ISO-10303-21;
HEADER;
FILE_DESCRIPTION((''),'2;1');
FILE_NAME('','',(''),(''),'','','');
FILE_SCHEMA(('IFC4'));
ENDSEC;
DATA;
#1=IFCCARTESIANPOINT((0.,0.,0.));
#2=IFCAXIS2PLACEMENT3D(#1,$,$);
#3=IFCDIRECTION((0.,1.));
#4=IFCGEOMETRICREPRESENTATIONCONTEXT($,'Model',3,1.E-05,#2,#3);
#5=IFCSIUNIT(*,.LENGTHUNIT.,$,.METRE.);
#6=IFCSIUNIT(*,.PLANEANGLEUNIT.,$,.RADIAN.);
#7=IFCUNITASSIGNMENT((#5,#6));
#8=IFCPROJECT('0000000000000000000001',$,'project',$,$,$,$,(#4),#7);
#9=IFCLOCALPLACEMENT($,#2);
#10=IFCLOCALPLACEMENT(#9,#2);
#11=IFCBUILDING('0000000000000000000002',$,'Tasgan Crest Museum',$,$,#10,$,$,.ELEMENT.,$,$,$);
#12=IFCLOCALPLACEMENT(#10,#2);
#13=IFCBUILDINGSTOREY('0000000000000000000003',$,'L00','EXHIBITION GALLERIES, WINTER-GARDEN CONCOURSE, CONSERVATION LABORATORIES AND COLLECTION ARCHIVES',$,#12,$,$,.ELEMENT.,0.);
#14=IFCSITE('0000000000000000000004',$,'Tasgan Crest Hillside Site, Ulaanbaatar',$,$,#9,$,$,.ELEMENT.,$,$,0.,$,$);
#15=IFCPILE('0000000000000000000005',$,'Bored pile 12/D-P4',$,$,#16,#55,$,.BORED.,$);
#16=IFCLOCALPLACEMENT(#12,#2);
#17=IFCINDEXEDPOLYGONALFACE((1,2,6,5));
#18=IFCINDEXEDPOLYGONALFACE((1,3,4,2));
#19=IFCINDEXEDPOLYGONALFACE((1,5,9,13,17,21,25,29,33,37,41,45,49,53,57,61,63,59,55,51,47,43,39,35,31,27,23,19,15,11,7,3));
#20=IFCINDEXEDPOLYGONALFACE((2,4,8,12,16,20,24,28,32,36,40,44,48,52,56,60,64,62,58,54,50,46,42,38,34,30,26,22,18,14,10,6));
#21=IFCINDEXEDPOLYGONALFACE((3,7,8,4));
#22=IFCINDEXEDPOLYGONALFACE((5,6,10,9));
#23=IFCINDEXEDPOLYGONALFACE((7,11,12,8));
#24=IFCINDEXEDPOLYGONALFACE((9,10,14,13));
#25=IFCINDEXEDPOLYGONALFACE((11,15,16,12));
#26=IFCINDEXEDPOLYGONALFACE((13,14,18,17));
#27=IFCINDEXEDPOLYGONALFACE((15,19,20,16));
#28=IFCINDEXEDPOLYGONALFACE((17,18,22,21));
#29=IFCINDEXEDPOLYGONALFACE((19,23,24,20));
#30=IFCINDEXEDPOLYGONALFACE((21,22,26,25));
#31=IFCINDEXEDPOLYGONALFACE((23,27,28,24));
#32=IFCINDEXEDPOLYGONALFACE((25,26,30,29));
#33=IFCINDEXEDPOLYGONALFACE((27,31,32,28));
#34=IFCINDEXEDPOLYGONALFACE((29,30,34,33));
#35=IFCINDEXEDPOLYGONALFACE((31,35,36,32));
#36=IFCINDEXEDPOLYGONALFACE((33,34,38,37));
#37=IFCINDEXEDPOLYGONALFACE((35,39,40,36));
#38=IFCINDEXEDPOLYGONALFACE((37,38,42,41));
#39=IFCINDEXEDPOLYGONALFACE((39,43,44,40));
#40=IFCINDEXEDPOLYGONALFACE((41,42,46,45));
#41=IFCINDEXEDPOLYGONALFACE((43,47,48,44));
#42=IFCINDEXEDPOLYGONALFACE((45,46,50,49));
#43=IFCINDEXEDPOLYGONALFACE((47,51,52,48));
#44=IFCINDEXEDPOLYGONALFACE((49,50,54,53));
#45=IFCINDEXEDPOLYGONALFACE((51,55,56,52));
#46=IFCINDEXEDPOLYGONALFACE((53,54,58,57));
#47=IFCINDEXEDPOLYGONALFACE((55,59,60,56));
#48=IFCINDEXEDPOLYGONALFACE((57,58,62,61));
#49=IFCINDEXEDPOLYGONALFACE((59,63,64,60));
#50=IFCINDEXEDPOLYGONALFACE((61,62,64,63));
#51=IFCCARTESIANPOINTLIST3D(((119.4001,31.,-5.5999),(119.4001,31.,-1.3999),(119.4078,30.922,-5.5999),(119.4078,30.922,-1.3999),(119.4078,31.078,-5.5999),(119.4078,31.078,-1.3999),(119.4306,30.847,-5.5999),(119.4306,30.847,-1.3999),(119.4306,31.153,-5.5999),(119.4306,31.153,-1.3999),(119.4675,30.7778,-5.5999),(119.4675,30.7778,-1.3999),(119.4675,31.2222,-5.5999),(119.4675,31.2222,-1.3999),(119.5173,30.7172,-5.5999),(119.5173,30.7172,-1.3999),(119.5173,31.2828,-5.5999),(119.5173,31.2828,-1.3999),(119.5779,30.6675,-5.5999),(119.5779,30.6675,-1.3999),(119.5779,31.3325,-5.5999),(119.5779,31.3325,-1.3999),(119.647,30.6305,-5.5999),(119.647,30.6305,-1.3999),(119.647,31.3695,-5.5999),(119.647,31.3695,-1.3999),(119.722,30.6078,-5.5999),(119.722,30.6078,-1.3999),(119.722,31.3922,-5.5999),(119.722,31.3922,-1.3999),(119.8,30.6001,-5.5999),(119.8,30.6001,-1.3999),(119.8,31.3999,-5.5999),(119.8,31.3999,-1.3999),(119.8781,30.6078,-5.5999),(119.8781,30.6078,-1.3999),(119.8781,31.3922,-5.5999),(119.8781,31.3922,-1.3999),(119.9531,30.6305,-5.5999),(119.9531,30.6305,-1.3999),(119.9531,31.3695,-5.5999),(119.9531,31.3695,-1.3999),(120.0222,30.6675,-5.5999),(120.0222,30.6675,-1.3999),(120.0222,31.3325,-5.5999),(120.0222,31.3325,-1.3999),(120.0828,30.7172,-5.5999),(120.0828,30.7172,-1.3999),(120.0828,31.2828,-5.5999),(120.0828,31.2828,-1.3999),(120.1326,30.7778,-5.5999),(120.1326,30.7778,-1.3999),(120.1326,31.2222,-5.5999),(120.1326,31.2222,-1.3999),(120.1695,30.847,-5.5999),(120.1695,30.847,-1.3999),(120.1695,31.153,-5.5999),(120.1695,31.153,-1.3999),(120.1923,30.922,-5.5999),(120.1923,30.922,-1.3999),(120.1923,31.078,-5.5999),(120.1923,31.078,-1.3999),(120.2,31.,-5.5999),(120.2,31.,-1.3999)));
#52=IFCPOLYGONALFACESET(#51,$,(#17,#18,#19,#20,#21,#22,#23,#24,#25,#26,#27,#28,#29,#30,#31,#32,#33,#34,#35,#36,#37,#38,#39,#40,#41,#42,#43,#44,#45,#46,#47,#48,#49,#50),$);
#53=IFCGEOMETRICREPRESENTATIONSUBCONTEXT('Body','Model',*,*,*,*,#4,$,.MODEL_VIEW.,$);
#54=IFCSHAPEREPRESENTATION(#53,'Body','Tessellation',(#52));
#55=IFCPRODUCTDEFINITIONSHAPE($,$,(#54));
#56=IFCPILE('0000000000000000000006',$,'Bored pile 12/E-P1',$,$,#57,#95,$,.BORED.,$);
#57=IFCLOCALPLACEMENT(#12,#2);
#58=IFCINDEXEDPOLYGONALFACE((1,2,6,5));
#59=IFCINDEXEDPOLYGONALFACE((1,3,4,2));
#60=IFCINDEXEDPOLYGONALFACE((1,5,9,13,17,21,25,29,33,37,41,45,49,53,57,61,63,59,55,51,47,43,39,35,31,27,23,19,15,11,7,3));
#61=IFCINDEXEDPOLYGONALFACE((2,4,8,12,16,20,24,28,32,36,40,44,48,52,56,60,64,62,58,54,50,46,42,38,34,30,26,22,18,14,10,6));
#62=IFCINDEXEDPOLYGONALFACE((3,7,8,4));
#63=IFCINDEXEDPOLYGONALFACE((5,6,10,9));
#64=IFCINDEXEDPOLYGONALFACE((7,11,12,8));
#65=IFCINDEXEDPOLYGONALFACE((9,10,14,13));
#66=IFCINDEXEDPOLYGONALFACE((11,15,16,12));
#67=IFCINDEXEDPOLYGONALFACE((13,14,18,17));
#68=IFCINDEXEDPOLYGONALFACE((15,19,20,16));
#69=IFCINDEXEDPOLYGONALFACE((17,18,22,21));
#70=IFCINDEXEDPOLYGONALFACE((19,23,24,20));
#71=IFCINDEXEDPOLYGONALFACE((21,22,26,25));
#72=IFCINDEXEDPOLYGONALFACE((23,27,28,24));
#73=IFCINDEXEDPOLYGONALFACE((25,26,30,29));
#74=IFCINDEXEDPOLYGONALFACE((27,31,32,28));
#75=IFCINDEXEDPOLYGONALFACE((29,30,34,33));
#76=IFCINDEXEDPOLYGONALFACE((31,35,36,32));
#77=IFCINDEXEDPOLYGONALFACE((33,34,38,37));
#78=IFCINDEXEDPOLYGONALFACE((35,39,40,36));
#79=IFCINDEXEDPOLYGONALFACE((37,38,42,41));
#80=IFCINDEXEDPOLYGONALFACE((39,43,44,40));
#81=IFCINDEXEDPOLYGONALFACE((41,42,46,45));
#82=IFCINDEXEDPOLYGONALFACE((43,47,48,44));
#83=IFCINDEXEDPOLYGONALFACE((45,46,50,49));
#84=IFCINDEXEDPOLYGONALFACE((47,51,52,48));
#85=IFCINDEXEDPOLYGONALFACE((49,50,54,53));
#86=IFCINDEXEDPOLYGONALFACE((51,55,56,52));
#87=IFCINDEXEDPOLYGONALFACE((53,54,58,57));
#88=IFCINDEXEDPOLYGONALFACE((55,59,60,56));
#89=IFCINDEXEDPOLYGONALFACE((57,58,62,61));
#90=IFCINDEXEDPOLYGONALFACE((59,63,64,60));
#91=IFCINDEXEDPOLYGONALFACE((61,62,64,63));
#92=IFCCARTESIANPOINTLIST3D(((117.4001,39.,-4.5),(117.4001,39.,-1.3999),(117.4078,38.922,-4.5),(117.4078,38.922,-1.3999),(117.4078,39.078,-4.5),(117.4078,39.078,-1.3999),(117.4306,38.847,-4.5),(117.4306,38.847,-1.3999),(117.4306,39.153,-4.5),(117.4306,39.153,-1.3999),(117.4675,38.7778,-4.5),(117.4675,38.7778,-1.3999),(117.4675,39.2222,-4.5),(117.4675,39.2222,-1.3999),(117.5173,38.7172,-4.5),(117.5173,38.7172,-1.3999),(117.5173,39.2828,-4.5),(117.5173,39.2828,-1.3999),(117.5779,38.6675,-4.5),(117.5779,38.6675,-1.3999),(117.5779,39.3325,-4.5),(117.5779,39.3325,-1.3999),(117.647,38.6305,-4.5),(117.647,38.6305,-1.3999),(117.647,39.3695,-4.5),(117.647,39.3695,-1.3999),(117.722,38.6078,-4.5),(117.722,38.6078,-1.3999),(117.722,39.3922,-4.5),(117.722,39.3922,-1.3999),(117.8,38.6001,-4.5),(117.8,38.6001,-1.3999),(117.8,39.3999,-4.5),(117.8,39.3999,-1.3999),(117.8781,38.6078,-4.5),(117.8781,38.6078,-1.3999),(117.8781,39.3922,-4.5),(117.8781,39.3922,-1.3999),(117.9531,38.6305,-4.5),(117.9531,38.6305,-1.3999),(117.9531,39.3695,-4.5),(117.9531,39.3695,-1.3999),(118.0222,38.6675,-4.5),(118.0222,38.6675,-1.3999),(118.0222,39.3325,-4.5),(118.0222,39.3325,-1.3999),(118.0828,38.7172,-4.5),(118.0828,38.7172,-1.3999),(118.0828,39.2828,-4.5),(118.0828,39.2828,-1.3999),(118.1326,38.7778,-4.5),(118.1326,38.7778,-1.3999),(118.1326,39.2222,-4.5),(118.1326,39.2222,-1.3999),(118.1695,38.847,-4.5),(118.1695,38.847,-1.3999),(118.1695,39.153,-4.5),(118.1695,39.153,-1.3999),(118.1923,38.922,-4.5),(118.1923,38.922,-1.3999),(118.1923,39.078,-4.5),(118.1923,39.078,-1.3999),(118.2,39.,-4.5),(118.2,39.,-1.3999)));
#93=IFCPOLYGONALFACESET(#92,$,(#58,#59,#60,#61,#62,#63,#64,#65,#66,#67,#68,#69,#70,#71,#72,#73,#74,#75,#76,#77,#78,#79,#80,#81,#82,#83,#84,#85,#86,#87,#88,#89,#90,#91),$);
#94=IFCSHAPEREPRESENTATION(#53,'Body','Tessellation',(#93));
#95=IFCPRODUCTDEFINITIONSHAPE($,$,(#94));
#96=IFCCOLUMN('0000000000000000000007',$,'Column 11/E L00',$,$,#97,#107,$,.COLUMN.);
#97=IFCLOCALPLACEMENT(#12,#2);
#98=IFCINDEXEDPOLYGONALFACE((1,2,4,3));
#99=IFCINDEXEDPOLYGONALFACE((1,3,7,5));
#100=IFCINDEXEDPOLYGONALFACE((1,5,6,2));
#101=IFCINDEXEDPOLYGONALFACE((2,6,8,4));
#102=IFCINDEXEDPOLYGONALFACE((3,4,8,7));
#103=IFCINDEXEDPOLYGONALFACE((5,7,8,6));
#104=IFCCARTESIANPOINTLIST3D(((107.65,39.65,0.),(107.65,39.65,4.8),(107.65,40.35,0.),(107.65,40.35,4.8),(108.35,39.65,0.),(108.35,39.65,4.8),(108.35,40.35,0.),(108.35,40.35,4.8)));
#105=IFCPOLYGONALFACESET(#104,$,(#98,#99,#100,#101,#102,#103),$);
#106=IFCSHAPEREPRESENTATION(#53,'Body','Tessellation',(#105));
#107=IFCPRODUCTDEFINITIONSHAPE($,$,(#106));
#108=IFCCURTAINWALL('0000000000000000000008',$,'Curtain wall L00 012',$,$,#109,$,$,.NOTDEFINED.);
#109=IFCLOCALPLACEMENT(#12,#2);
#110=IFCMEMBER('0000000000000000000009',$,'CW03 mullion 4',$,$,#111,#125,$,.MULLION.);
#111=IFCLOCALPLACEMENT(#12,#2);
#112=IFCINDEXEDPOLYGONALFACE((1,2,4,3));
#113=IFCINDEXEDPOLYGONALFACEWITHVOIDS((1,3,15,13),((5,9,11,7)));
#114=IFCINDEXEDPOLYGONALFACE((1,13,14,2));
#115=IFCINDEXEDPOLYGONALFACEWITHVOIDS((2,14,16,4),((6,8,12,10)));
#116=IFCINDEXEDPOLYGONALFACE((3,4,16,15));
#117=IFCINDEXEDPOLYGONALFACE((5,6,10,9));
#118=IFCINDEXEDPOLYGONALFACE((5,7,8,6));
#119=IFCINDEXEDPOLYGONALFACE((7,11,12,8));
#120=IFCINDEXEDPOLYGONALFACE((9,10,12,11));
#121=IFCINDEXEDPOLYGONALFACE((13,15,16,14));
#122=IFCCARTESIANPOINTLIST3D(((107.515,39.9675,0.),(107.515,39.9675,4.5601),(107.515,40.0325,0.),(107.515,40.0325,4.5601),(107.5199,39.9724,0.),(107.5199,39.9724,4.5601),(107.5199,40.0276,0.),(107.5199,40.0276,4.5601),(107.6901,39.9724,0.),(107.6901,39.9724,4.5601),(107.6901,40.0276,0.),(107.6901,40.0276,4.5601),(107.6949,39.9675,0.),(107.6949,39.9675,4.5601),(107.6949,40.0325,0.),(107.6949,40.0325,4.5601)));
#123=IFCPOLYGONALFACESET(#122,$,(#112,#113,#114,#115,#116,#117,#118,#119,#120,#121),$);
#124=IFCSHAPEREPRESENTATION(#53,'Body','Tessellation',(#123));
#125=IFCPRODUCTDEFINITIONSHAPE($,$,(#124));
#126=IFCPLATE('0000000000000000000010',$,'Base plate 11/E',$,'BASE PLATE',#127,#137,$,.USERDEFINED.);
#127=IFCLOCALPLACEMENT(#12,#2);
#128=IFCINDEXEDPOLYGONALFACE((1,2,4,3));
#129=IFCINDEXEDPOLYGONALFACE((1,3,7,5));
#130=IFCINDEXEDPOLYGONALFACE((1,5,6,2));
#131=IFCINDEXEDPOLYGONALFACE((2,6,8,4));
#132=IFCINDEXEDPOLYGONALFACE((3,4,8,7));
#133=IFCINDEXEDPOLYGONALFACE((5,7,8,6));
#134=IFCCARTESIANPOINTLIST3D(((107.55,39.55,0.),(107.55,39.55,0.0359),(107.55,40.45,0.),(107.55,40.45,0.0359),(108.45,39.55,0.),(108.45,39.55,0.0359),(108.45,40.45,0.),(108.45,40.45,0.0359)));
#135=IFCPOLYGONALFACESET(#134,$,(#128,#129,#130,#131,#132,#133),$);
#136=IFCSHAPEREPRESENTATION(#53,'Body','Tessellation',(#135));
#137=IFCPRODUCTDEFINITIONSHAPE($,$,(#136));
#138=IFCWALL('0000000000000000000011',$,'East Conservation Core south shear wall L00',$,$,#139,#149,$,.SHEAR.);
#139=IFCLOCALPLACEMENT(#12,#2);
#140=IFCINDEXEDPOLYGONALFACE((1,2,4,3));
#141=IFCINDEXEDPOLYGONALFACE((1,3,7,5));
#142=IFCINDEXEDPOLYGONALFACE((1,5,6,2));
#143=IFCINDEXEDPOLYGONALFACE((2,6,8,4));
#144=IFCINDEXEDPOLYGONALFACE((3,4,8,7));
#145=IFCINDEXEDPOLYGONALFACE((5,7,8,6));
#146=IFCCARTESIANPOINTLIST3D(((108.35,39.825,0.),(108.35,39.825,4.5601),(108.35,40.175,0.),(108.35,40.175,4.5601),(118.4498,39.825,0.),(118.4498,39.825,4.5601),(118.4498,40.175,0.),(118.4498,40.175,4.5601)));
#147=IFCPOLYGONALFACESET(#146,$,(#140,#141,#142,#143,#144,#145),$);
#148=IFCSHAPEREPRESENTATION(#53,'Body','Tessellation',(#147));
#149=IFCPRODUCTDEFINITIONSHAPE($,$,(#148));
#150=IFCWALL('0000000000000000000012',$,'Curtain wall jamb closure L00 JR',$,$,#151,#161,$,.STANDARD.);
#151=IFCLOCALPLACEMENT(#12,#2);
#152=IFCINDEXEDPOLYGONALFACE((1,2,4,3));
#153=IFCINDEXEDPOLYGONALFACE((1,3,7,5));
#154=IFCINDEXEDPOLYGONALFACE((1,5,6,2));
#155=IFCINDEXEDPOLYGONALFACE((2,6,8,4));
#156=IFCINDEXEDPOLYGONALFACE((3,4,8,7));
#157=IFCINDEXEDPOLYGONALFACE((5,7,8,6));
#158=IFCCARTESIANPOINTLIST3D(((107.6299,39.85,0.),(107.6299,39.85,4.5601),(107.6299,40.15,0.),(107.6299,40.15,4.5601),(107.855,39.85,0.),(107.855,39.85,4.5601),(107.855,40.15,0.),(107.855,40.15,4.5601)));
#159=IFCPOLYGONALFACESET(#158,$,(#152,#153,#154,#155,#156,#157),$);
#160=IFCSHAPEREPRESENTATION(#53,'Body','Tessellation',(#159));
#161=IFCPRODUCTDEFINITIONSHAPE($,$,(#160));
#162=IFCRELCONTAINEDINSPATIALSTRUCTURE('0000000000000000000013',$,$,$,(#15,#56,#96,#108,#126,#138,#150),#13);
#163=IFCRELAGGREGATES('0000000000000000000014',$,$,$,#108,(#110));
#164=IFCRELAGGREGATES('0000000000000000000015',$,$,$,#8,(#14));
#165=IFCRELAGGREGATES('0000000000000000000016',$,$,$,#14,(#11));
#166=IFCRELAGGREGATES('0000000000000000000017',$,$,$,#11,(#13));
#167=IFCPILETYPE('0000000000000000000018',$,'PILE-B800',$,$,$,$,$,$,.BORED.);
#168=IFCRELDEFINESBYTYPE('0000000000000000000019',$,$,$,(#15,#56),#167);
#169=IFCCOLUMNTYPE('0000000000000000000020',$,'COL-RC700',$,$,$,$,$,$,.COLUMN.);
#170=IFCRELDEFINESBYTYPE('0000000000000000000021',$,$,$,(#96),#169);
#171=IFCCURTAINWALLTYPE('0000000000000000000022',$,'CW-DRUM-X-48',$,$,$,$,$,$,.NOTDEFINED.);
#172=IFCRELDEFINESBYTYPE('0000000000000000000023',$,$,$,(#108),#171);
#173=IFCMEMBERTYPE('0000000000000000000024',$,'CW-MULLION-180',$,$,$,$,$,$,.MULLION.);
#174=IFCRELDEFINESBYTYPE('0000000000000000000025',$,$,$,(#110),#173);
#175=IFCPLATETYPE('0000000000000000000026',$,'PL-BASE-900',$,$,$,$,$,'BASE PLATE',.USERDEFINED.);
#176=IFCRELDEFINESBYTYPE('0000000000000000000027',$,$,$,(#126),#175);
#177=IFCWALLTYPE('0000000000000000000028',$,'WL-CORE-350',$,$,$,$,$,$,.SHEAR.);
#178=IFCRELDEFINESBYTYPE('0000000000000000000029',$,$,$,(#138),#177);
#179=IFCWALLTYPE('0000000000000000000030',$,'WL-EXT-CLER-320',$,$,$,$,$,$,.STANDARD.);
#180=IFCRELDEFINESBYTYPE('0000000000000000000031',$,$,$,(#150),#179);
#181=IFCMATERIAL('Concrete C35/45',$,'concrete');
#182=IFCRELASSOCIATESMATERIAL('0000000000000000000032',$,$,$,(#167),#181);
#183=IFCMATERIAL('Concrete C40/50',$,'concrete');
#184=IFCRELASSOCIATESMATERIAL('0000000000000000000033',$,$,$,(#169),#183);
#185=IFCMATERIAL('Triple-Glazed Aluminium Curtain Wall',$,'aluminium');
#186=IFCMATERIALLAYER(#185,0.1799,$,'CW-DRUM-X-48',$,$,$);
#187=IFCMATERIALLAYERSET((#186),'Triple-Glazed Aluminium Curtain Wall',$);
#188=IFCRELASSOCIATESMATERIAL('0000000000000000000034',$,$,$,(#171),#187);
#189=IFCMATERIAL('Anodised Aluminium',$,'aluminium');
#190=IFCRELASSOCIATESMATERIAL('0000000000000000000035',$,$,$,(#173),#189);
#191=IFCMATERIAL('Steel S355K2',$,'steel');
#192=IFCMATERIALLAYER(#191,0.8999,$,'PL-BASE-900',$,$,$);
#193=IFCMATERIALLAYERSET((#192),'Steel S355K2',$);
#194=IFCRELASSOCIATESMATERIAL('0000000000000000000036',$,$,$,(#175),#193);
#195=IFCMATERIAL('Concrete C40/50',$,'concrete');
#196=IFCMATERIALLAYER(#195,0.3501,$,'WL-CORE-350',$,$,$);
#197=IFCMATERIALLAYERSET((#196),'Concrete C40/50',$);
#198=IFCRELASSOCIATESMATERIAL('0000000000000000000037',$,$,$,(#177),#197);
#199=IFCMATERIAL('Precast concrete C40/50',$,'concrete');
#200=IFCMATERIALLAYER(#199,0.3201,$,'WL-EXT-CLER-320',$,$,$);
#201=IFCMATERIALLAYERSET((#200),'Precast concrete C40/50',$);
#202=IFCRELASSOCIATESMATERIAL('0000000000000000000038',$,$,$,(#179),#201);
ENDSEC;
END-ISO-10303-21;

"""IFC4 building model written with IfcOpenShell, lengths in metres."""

from ifc_helpers import new_model, si_unit, direction, frame, frame_2d, origin, origin_2d, place, context, subcontext, project, spatial, rectangle, hollow_rectangle, circle, extrude, material, layer, layer_set, material_profile, profile_set, type_object, element, aggregate, save


model = new_model("IFC4")

# Units and contexts
model_context = context("Model", 3, precision=1e-05, world=origin(), true_north=direction((0.0, 1.0)))
body_context = subcontext(model_context, "Body", "Model", "MODEL_VIEW")
ifc_project = project(units=[si_unit("LENGTHUNIT", "METRE"), si_unit("PLANEANGLEUNIT", "RADIAN")], contexts=[model_context])

# Site, building, storey
site_placement = place(None, origin())
site = spatial("IfcSite", under=ifc_project, at=site_placement, Name="Tasgan Crest Hillside Site, Ulaanbaatar", CompositionType="ELEMENT", RefElevation=0.0)
building_placement = place(site_placement, origin())
building = spatial("IfcBuilding", under=site, at=building_placement, Name="Tasgan Crest Museum", CompositionType="ELEMENT")
storey_placement = place(building_placement, origin())
storey = spatial("IfcBuildingStorey", under=building, at=storey_placement, Name="L00", Description="EXHIBITION GALLERIES, WINTER-GARDEN CONCOURSE, CONSERVATION LABORATORIES AND COLLECTION ARCHIVES", CompositionType="ELEMENT", Elevation=0.0)

# Piles
ifc_material_1 = material(Name="Concrete C35/45", Category="concrete")
ifc_material_profile_1 = material_profile(ifc_material_1, circle(Radius=0.3999, at=origin_2d()), Name="PILE D800")
ifc_profile_set_1 = profile_set([ifc_material_profile_1], Name="Concrete C35/45")
pile_type_1 = type_object("IfcPileType", Name="PILE-B800", PredefinedType="BORED", material=ifc_profile_set_1)
for number, where, z_axis, x_axis, name in (
    (1, (119.8, 31.0, -1.3999), (0.0, 0.0, -1.0), (1.0, 0.0, 0.0), "Bored pile 12/D-P4"),
):
    element("IfcPile", number, at=place(storey_placement, frame(where, z_axis=z_axis, x_axis=x_axis)), inside=storey, type_object=pile_type_1, Name=name, PredefinedType="BORED", context=body_context, shape_type="SweptSolid", body=[
        extrude(circle(Radius=0.3999, at=origin_2d()), origin(), (0.0, 0.0, 1.0), 4.2),
    ])
pile_1_placement = place(storey_placement, frame((117.8, 39.0, -1.3999), z_axis=(0.0, 0.0, -1.0), x_axis=(1.0, 0.0, 0.0)))
element("IfcPile", 2, at=pile_1_placement, inside=storey, type_object=pile_type_1, Name="Bored pile 12/E-P1", PredefinedType="BORED", context=body_context, shape_type="SweptSolid", body=[
    extrude(circle(Radius=0.3999, at=origin_2d()), origin(), (0.0, 0.0, 1.0), 3.1001),
])

# Column
ifc_material_2 = material(Name="Concrete C40/50", Category="concrete")
ifc_material_profile_2 = material_profile(ifc_material_2, rectangle(XDim=0.7, YDim=0.7, at=origin_2d()), Name="RC 700x700")
ifc_profile_set_2 = profile_set([ifc_material_profile_2], Name="Concrete C40/50")
column_type = type_object("IfcColumnType", Name="COL-RC700", PredefinedType="COLUMN", material=ifc_profile_set_2)
column_placement = place(storey_placement, frame((108.0, 40.0, 0.0), z_axis=(0.0, 0.0, 1.0), x_axis=(1.0, 0.0, 0.0)))
element("IfcColumn", 3, at=column_placement, inside=storey, type_object=column_type, Name="Column 11/E L00", PredefinedType="COLUMN", context=body_context, shape_type="SweptSolid", body=[
    extrude(rectangle(XDim=0.7, YDim=0.7, at=origin_2d()), origin(), (0.0, 0.0, 1.0), 4.8),
])

# Curtain wall, member
ifc_material_3 = material(Name="Triple-Glazed Aluminium Curtain Wall", Category="aluminium")
ifc_layer_1 = layer(ifc_material_3, 0.1799, Name="CW-DRUM-X-48")
ifc_layer_set_1 = layer_set([ifc_layer_1], Name="Triple-Glazed Aluminium Curtain Wall")
curtain_wall_type = type_object("IfcCurtainWallType", Name="CW-DRUM-X-48", PredefinedType="NOTDEFINED", material=ifc_layer_set_1)
curtain_wall_placement = place(storey_placement, origin())
curtain_wall = element("IfcCurtainWall", 4, at=curtain_wall_placement, inside=storey, type_object=curtain_wall_type, Name="Curtain wall L00 012", PredefinedType="NOTDEFINED")
ifc_material_4 = material(Name="Anodised Aluminium", Category="aluminium")
ifc_material_profile_3 = material_profile(ifc_material_4, hollow_rectangle(XDim=0.0649, YDim=0.1799, WallThickness=0.0049, at=origin_2d()), Name="ALU MULLION 180x65x5")
ifc_profile_set_3 = profile_set([ifc_material_profile_3], Name="Anodised Aluminium")
member_type = type_object("IfcMemberType", Name="CW-MULLION-180", PredefinedType="MULLION", material=ifc_profile_set_3)
member_placement = place(storey_placement, frame((107.605, 40.0, 0.0), z_axis=(0.0, 0.0, 1.0), x_axis=(0.0, 1.0, 0.0)))
member = element("IfcMember", 5, at=member_placement, type_object=member_type, Name="CW03 mullion 4", PredefinedType="MULLION", context=body_context, shape_type="SweptSolid", body=[
    extrude(hollow_rectangle(XDim=0.0649, YDim=0.1799, WallThickness=0.0049, at=origin_2d()), origin(), (0.0, 0.0, 1.0), 4.5601),
])
aggregate(curtain_wall, [member])

# Plate
ifc_material_5 = material(Name="Steel S355K2", Category="steel")
ifc_layer_2 = layer(ifc_material_5, 0.8999, Name="PL-BASE-900")
ifc_layer_set_2 = layer_set([ifc_layer_2], Name="Steel S355K2")
plate_type = type_object("IfcPlateType", Name="PL-BASE-900", ElementType="BASE PLATE", PredefinedType="USERDEFINED", material=ifc_layer_set_2)
plate_placement = place(storey_placement, frame((108.0, 40.0, 0.0), z_axis=(0.0, 0.0, 1.0), x_axis=(1.0, 0.0, 0.0)))
element("IfcPlate", 6, at=plate_placement, inside=storey, type_object=plate_type, Name="Base plate 11/E", ObjectType="BASE PLATE", PredefinedType="USERDEFINED", context=body_context, shape_type="SweptSolid", body=[
    extrude(rectangle(XDim=0.8999, YDim=0.8999, at=origin_2d()), origin(), (0.0, 0.0, 1.0), 0.0359),
])

# Walls
ifc_material_6 = material(Name="Concrete C40/50", Category="concrete")
ifc_layer_3 = layer(ifc_material_6, 0.3501, Name="WL-CORE-350")
ifc_layer_set_3 = layer_set([ifc_layer_3], Name="Concrete C40/50")
wall_type_1 = type_object("IfcWallType", Name="WL-CORE-350", PredefinedType="SHEAR", material=ifc_layer_set_3)
wall_1_placement = place(storey_placement, frame((108.3501, 40.0, 0.0), z_axis=(0.0, 0.0, 1.0), x_axis=(1.0, 0.0, 0.0)))
element("IfcWall", 7, at=wall_1_placement, inside=storey, type_object=wall_type_1, Name="East Conservation Core south shear wall L00", PredefinedType="SHEAR", context=body_context, shape_type="SweptSolid", body=[
    extrude(rectangle(XDim=10.0999, YDim=0.3501, at=frame_2d((5.0498, 0.0))), origin(), (0.0, 0.0, 1.0), 4.5601),
])
ifc_material_7 = material(Name="Precast concrete C40/50", Category="concrete")
ifc_layer_4 = layer(ifc_material_7, 0.3201, Name="WL-EXT-CLER-320")
ifc_layer_set_4 = layer_set([ifc_layer_4], Name="Precast concrete C40/50")
wall_type_2 = type_object("IfcWallType", Name="WL-EXT-CLER-320", PredefinedType="STANDARD", material=ifc_layer_set_4)
wall_2_placement = place(storey_placement, frame((107.6299, 40.0, 0.0), z_axis=(0.0, 0.0, 1.0), x_axis=(1.0, 0.0, 0.0)))
element("IfcWall", 8, at=wall_2_placement, inside=storey, type_object=wall_type_2, Name="Curtain wall jamb closure L00 JR", PredefinedType="STANDARD", context=body_context, shape_type="SweptSolid", body=[
    extrude(rectangle(XDim=0.2251, YDim=0.3, at=frame_2d((0.1125, 0.0))), origin(), (0.0, 0.0, 1.0), 4.5601),
])

save(model, "model.ifc")
